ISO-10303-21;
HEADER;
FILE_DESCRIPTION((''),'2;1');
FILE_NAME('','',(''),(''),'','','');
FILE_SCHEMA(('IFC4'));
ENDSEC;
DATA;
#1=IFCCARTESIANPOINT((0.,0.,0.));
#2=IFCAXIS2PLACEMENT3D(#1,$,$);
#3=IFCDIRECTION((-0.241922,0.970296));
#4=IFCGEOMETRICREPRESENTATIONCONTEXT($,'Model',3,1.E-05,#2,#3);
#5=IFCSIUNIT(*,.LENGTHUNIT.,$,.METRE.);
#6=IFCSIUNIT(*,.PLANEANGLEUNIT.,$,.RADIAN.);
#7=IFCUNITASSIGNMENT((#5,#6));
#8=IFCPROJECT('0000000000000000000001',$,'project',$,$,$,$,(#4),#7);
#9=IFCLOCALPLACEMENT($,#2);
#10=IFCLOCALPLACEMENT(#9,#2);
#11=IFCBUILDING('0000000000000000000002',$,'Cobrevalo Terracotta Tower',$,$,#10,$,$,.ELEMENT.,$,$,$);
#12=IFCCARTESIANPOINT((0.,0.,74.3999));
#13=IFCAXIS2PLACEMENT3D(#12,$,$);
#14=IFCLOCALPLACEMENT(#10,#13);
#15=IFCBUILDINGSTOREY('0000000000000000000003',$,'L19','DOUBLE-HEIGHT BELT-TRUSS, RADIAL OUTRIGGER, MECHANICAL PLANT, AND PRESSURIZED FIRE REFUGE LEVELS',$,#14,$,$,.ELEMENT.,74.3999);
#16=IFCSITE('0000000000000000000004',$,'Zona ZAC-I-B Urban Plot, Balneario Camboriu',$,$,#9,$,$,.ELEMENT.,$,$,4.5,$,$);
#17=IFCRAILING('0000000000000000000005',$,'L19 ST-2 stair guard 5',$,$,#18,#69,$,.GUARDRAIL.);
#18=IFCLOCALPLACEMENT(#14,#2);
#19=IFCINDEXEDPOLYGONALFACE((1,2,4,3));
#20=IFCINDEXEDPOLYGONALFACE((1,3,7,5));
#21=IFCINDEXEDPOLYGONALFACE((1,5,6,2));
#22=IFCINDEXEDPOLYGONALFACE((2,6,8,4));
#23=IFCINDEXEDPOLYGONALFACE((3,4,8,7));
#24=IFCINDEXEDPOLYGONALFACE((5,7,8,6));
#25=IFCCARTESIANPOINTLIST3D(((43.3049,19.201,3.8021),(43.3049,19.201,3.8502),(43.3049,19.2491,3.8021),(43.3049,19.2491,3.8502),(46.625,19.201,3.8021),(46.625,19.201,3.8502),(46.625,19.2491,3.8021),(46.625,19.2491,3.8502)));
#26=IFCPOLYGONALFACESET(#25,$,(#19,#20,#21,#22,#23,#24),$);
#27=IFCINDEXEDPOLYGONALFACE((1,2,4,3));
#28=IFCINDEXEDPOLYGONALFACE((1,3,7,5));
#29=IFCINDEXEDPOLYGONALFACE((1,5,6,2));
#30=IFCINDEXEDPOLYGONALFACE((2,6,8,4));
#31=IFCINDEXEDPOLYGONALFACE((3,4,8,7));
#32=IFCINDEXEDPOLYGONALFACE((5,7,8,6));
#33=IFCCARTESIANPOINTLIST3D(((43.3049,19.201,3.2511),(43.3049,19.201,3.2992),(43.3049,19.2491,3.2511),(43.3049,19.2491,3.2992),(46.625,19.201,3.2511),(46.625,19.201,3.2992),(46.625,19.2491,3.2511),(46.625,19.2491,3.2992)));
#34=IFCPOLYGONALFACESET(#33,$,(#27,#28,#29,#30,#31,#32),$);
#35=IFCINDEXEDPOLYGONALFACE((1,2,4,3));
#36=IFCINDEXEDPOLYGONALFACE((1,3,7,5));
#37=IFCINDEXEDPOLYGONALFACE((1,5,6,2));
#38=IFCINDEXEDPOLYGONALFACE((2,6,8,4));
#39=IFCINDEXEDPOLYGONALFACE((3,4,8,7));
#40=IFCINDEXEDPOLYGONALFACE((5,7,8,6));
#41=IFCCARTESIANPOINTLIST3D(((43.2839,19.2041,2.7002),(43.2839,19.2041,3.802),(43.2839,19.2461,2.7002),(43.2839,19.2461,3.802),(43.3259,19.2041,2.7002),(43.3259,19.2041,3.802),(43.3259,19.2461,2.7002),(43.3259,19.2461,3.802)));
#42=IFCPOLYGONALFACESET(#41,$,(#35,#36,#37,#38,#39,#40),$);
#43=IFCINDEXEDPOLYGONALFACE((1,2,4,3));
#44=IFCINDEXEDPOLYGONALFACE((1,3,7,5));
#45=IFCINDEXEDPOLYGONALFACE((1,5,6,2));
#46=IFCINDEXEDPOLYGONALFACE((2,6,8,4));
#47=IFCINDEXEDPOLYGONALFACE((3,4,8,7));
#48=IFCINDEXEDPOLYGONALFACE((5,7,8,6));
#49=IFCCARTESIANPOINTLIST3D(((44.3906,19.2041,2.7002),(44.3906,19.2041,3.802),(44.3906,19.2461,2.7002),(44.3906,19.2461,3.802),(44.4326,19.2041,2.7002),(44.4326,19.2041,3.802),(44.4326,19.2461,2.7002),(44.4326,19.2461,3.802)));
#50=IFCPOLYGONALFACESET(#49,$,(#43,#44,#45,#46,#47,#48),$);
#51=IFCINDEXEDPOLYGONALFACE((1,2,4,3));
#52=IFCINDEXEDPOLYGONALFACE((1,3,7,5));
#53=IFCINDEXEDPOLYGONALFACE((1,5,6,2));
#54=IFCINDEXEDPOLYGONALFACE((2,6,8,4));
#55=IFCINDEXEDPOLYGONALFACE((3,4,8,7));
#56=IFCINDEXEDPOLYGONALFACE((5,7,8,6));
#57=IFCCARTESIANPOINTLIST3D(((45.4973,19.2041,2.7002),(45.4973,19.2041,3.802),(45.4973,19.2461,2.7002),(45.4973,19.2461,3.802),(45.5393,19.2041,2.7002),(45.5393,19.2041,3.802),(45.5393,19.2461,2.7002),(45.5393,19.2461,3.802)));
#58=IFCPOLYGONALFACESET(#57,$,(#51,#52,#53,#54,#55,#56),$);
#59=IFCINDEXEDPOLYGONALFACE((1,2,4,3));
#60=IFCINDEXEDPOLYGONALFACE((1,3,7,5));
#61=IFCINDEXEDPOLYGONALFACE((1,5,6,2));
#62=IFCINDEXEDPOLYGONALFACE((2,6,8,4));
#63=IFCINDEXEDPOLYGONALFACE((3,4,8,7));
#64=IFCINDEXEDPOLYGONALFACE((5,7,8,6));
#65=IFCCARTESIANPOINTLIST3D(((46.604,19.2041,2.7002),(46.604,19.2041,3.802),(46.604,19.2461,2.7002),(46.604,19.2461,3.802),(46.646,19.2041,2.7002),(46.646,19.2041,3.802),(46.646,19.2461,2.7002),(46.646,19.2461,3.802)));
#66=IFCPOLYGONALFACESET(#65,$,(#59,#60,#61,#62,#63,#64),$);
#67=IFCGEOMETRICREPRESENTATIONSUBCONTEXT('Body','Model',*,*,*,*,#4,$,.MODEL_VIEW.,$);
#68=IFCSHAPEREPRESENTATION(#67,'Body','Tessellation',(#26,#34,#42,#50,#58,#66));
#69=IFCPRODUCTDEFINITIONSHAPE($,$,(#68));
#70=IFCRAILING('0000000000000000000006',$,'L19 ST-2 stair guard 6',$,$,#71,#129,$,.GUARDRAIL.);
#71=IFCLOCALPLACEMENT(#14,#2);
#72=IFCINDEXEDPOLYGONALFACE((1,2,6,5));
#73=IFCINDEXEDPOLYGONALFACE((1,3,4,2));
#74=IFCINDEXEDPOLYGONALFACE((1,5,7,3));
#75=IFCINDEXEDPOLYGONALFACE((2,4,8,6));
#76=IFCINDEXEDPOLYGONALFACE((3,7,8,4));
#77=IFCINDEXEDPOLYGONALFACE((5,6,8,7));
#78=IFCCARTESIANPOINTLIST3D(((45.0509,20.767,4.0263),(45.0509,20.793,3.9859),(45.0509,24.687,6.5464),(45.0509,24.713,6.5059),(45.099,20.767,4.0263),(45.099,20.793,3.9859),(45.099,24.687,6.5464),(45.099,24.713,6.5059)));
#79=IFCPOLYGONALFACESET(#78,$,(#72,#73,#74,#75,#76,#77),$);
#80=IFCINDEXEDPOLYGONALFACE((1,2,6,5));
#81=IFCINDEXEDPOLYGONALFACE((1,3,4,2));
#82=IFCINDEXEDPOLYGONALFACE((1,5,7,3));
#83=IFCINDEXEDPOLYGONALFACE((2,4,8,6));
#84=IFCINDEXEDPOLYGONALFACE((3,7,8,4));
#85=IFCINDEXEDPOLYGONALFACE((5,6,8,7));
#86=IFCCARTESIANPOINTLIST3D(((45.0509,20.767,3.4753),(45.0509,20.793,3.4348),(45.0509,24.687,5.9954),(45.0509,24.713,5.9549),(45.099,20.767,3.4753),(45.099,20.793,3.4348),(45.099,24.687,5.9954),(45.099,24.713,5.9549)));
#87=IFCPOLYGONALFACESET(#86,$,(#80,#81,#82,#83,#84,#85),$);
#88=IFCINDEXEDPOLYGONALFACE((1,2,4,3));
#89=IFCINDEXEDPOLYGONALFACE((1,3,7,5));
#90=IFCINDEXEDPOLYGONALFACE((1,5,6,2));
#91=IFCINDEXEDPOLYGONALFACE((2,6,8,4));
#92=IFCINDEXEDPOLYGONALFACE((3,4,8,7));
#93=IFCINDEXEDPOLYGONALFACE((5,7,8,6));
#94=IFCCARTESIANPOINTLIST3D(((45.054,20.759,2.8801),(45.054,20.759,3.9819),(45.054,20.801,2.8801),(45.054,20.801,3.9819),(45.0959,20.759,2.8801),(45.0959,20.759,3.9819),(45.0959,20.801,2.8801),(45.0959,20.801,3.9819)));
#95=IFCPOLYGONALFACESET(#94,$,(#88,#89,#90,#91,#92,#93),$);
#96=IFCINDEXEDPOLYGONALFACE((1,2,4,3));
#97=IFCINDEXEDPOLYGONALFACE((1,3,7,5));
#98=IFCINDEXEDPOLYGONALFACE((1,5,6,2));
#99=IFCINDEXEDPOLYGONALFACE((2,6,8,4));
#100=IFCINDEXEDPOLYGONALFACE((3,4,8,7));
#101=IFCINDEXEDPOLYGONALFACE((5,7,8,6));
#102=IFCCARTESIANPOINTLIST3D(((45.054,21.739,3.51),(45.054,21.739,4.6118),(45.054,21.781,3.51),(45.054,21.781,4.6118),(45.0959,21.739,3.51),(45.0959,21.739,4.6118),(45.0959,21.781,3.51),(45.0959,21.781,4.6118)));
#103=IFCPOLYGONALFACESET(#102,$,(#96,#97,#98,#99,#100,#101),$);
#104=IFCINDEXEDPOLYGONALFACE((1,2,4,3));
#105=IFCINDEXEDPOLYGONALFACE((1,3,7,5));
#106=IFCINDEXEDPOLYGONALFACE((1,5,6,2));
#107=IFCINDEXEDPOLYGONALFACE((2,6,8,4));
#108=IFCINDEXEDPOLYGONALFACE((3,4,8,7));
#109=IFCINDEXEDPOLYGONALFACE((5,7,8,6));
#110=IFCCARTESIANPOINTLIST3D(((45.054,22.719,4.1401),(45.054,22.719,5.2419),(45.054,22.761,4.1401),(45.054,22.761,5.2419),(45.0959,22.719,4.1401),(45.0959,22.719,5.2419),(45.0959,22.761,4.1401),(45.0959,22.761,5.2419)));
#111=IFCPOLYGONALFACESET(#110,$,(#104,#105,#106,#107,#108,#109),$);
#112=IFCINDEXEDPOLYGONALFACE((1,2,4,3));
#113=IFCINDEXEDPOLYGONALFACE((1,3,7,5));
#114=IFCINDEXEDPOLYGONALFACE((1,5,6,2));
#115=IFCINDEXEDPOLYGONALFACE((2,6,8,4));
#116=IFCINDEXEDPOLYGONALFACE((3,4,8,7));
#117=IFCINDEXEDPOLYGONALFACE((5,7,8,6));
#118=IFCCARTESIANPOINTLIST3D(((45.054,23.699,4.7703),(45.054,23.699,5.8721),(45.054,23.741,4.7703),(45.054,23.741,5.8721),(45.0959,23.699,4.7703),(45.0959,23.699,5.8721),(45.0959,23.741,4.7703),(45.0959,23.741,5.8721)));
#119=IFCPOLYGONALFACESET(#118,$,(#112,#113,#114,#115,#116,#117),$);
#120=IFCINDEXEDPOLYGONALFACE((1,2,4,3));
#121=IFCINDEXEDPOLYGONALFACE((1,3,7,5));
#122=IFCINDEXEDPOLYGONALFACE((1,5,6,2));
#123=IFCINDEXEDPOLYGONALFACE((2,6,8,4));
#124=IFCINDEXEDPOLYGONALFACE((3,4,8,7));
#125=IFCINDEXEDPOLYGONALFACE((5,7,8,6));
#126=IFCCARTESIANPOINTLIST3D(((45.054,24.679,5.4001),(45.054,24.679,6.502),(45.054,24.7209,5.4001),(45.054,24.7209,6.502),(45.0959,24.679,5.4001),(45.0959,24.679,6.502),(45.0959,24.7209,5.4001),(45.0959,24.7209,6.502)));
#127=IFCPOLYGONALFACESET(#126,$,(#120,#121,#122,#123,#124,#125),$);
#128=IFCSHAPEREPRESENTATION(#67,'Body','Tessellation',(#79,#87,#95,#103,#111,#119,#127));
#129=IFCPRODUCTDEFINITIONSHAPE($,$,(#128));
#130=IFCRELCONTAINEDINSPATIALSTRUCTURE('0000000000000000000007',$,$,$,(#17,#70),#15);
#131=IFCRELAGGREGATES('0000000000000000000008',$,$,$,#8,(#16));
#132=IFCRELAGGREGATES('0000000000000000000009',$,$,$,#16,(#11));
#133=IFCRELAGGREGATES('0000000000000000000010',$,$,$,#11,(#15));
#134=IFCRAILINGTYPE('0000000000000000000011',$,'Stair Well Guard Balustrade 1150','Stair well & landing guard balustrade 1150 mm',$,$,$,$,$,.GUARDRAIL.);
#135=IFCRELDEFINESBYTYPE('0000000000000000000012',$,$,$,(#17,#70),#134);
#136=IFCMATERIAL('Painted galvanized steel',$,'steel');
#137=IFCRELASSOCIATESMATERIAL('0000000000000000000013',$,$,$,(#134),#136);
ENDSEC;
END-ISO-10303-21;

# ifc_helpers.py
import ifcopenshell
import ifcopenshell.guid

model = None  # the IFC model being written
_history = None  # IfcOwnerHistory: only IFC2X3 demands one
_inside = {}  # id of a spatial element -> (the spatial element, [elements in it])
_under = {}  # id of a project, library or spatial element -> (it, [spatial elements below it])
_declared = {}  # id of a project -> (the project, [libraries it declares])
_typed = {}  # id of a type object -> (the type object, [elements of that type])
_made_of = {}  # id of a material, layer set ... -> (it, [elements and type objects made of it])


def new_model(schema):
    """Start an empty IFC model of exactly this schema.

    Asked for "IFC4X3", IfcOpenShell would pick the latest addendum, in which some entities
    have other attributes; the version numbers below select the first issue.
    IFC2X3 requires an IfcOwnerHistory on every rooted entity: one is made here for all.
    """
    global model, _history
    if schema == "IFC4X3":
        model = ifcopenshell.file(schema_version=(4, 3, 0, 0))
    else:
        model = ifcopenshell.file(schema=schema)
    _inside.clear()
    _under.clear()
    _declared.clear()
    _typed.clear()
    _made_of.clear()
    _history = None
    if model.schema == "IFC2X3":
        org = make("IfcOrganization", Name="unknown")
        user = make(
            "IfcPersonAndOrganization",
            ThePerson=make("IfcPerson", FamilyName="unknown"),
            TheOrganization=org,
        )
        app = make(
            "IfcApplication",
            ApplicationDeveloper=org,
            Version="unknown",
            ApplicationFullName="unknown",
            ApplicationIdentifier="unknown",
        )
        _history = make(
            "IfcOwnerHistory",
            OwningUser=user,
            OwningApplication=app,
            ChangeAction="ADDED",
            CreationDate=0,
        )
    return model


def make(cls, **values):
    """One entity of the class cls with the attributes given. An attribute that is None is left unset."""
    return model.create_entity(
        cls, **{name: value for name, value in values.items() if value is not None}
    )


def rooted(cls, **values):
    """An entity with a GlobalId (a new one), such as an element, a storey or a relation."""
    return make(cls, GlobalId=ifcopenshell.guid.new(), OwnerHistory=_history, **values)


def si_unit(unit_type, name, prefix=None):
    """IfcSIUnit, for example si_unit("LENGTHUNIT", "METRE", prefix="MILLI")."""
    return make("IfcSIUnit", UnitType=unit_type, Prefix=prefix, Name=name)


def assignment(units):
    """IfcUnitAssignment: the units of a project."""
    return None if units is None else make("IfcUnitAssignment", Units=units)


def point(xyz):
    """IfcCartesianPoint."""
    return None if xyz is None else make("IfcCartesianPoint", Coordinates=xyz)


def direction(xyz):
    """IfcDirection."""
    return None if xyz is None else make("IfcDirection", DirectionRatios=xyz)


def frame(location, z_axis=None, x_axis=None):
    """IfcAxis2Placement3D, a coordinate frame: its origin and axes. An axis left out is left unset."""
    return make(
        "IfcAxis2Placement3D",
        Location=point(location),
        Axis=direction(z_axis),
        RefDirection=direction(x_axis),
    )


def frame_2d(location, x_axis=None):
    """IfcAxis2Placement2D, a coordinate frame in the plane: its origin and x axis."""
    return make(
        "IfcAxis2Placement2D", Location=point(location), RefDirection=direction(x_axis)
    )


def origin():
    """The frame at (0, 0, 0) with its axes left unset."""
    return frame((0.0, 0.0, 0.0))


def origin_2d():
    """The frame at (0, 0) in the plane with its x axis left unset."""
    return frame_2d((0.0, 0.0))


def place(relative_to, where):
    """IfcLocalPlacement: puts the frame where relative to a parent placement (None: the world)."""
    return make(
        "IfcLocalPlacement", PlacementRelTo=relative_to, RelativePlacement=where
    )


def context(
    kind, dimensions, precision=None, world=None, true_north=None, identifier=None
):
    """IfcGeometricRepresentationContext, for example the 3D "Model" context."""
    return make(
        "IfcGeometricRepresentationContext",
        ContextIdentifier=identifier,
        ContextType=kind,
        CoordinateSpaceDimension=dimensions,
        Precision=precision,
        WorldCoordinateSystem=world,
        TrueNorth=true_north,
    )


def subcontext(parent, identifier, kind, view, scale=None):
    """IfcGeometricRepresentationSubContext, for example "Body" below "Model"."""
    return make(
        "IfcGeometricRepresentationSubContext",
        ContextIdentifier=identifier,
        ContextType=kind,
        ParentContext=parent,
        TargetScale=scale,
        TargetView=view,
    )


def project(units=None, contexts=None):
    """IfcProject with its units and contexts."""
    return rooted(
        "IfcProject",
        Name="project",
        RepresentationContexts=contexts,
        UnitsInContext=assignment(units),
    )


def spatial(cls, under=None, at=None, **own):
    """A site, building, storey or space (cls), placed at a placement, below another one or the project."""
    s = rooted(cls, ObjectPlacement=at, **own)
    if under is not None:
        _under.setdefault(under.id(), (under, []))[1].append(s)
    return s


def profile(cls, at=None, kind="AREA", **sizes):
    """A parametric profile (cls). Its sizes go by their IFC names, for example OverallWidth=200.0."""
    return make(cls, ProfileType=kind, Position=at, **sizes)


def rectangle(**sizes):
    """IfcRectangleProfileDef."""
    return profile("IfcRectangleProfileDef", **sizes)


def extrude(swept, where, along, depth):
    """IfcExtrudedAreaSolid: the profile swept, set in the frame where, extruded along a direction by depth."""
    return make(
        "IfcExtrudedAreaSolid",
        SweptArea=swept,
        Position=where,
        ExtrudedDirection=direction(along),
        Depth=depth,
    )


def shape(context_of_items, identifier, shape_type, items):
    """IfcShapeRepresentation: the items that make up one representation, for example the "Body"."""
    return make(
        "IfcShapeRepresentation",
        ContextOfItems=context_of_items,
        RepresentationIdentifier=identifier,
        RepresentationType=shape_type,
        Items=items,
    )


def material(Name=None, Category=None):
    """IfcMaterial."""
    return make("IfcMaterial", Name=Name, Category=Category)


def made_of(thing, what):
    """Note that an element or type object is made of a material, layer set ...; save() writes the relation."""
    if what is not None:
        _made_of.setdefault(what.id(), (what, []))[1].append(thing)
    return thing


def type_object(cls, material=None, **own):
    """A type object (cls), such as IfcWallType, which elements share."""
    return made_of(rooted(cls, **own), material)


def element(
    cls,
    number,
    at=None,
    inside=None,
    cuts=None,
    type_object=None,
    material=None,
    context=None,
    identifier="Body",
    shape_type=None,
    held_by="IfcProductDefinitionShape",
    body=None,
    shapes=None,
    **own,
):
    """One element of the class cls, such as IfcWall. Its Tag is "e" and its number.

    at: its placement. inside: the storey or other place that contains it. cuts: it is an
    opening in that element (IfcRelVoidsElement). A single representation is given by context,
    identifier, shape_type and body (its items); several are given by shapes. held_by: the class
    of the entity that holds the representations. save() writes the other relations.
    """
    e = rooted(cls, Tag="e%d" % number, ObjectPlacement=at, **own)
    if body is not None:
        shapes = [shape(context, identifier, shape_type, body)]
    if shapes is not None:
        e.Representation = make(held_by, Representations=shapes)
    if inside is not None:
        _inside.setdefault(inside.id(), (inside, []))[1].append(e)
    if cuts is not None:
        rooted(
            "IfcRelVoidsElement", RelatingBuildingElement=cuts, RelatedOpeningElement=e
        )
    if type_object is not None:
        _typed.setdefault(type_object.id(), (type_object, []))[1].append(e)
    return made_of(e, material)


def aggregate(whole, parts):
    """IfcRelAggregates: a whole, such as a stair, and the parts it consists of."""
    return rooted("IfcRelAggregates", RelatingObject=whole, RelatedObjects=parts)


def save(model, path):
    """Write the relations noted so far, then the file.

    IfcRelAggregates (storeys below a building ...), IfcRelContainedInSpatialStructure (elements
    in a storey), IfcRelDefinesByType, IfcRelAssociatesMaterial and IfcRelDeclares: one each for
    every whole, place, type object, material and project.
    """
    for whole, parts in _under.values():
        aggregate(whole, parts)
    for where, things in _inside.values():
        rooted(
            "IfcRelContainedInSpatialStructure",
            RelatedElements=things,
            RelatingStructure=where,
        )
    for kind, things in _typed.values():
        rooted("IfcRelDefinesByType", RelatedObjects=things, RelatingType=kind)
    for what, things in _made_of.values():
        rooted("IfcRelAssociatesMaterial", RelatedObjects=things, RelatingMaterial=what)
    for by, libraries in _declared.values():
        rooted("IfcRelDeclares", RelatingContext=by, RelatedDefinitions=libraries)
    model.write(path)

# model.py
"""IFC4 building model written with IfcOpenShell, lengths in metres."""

from ifc_helpers import new_model, si_unit, direction, frame, origin, origin_2d, place, context, subcontext, project, spatial, rectangle, extrude, material, type_object, element, save


model = new_model("IFC4")

# Units and contexts
model_context = context("Model", 3, precision=1e-05, world=origin(), true_north=direction((-0.241922, 0.970296)))
body_context = subcontext(model_context, "Body", "Model", "MODEL_VIEW")
ifc_project = project(units=[si_unit("LENGTHUNIT", "METRE"), si_unit("PLANEANGLEUNIT", "RADIAN")], contexts=[model_context])

# Site, building, storey
site_placement = place(None, origin())
site = spatial("IfcSite", under=ifc_project, at=site_placement, Name="Zona ZAC-I-B Urban Plot, Balneario Camboriu", CompositionType="ELEMENT", RefElevation=4.5)
building_placement = place(site_placement, origin())
building = spatial("IfcBuilding", under=site, at=building_placement, Name="Cobrevalo Terracotta Tower", CompositionType="ELEMENT")
storey_placement = place(building_placement, frame((0.0, 0.0, 74.3999)))
storey = spatial("IfcBuildingStorey", under=building, at=storey_placement, Name="L19", Description="DOUBLE-HEIGHT BELT-TRUSS, RADIAL OUTRIGGER, MECHANICAL PLANT, AND PRESSURIZED FIRE REFUGE LEVELS", CompositionType="ELEMENT", Elevation=74.3999)

# Railings
ifc_material_1 = material(Name="Painted galvanized steel", Category="steel")
railing_type_1 = type_object("IfcRailingType", Name="Stair Well Guard Balustrade 1150", Description="Stair well & landing guard balustrade 1150 mm", PredefinedType="GUARDRAIL", material=ifc_material_1)
railing_1_placement = place(storey_placement, frame((43.3049, 19.2251, 2.7002)))
element("IfcRailing", 1, at=railing_1_placement, inside=storey, type_object=railing_type_1, Name="L19 ST-2 stair guard 5", PredefinedType="GUARDRAIL", context=body_context, shape_type="SweptSolid", body=[
    extrude(rectangle(XDim=0.0481, YDim=0.0481, at=origin_2d()), frame((0.0, 0.0, 1.126), z_axis=(1.0, 0.0, 0.0), x_axis=(0.0, 1.0, 0.0)), (0.0, 0.0, 1.0), 3.3201),
    extrude(rectangle(XDim=0.0481, YDim=0.0481, at=origin_2d()), frame((0.0, 0.0, 0.575), z_axis=(1.0, 0.0, 0.0), x_axis=(0.0, 1.0, 0.0)), (0.0, 0.0, 1.0), 3.3201),
    extrude(rectangle(XDim=0.042, YDim=0.042, at=origin_2d()), origin(), (0.0, 0.0, 1.0), 1.1018),
    extrude(rectangle(XDim=0.042, YDim=0.042, at=origin_2d()), frame((1.1067, 0.0, 0.0)), (0.0, 0.0, 1.0), 1.1018),
    extrude(rectangle(XDim=0.042, YDim=0.042, at=origin_2d()), frame((2.2134, 0.0, 0.0)), (0.0, 0.0, 1.0), 1.1018),
    extrude(rectangle(XDim=0.042, YDim=0.042, at=origin_2d()), frame((3.3201, 0.0, 0.0)), (0.0, 0.0, 1.0), 1.1018),
])
railing_2_placement = place(storey_placement, frame((45.075, 20.78, 2.8801)))
element("IfcRailing", 2, at=railing_2_placement, inside=storey, type_object=railing_type_1, Name="L19 ST-2 stair guard 6", PredefinedType="GUARDRAIL", context=body_context, shape_type="SweptSolid", body=[
    extrude(rectangle(XDim=0.0481, YDim=0.0481, at=origin_2d()), frame((0.0, 0.0, 1.126), z_axis=(0.0, 0.841172, 0.540768), x_axis=(-1.0, 0.0, 0.0)), (0.0, 0.0, 1.0), 4.6602),
    extrude(rectangle(XDim=0.0481, YDim=0.0481, at=origin_2d()), frame((0.0, 0.0, 0.575), z_axis=(0.0, 0.841172, 0.540768), x_axis=(-1.0, 0.0, 0.0)), (0.0, 0.0, 1.0), 4.6602),
    extrude(rectangle(XDim=0.042, YDim=0.042, at=origin_2d()), origin(), (0.0, 0.0, 1.0), 1.1018),
    extrude(rectangle(XDim=0.042, YDim=0.042, at=origin_2d()), frame((0.0, 0.98, 0.6299)), (0.0, 0.0, 1.0), 1.1018),
    extrude(rectangle(XDim=0.042, YDim=0.042, at=origin_2d()), frame((0.0, 1.96, 1.26)), (0.0, 0.0, 1.0), 1.1018),
    extrude(rectangle(XDim=0.042, YDim=0.042, at=origin_2d()), frame((0.0, 2.9399, 1.8901)), (0.0, 0.0, 1.0), 1.1018),
    extrude(rectangle(XDim=0.042, YDim=0.042, at=origin_2d()), frame((0.0, 3.9199, 2.52)), (0.0, 0.0, 1.0), 1.1018),
])

save(model, "model.ifc")
